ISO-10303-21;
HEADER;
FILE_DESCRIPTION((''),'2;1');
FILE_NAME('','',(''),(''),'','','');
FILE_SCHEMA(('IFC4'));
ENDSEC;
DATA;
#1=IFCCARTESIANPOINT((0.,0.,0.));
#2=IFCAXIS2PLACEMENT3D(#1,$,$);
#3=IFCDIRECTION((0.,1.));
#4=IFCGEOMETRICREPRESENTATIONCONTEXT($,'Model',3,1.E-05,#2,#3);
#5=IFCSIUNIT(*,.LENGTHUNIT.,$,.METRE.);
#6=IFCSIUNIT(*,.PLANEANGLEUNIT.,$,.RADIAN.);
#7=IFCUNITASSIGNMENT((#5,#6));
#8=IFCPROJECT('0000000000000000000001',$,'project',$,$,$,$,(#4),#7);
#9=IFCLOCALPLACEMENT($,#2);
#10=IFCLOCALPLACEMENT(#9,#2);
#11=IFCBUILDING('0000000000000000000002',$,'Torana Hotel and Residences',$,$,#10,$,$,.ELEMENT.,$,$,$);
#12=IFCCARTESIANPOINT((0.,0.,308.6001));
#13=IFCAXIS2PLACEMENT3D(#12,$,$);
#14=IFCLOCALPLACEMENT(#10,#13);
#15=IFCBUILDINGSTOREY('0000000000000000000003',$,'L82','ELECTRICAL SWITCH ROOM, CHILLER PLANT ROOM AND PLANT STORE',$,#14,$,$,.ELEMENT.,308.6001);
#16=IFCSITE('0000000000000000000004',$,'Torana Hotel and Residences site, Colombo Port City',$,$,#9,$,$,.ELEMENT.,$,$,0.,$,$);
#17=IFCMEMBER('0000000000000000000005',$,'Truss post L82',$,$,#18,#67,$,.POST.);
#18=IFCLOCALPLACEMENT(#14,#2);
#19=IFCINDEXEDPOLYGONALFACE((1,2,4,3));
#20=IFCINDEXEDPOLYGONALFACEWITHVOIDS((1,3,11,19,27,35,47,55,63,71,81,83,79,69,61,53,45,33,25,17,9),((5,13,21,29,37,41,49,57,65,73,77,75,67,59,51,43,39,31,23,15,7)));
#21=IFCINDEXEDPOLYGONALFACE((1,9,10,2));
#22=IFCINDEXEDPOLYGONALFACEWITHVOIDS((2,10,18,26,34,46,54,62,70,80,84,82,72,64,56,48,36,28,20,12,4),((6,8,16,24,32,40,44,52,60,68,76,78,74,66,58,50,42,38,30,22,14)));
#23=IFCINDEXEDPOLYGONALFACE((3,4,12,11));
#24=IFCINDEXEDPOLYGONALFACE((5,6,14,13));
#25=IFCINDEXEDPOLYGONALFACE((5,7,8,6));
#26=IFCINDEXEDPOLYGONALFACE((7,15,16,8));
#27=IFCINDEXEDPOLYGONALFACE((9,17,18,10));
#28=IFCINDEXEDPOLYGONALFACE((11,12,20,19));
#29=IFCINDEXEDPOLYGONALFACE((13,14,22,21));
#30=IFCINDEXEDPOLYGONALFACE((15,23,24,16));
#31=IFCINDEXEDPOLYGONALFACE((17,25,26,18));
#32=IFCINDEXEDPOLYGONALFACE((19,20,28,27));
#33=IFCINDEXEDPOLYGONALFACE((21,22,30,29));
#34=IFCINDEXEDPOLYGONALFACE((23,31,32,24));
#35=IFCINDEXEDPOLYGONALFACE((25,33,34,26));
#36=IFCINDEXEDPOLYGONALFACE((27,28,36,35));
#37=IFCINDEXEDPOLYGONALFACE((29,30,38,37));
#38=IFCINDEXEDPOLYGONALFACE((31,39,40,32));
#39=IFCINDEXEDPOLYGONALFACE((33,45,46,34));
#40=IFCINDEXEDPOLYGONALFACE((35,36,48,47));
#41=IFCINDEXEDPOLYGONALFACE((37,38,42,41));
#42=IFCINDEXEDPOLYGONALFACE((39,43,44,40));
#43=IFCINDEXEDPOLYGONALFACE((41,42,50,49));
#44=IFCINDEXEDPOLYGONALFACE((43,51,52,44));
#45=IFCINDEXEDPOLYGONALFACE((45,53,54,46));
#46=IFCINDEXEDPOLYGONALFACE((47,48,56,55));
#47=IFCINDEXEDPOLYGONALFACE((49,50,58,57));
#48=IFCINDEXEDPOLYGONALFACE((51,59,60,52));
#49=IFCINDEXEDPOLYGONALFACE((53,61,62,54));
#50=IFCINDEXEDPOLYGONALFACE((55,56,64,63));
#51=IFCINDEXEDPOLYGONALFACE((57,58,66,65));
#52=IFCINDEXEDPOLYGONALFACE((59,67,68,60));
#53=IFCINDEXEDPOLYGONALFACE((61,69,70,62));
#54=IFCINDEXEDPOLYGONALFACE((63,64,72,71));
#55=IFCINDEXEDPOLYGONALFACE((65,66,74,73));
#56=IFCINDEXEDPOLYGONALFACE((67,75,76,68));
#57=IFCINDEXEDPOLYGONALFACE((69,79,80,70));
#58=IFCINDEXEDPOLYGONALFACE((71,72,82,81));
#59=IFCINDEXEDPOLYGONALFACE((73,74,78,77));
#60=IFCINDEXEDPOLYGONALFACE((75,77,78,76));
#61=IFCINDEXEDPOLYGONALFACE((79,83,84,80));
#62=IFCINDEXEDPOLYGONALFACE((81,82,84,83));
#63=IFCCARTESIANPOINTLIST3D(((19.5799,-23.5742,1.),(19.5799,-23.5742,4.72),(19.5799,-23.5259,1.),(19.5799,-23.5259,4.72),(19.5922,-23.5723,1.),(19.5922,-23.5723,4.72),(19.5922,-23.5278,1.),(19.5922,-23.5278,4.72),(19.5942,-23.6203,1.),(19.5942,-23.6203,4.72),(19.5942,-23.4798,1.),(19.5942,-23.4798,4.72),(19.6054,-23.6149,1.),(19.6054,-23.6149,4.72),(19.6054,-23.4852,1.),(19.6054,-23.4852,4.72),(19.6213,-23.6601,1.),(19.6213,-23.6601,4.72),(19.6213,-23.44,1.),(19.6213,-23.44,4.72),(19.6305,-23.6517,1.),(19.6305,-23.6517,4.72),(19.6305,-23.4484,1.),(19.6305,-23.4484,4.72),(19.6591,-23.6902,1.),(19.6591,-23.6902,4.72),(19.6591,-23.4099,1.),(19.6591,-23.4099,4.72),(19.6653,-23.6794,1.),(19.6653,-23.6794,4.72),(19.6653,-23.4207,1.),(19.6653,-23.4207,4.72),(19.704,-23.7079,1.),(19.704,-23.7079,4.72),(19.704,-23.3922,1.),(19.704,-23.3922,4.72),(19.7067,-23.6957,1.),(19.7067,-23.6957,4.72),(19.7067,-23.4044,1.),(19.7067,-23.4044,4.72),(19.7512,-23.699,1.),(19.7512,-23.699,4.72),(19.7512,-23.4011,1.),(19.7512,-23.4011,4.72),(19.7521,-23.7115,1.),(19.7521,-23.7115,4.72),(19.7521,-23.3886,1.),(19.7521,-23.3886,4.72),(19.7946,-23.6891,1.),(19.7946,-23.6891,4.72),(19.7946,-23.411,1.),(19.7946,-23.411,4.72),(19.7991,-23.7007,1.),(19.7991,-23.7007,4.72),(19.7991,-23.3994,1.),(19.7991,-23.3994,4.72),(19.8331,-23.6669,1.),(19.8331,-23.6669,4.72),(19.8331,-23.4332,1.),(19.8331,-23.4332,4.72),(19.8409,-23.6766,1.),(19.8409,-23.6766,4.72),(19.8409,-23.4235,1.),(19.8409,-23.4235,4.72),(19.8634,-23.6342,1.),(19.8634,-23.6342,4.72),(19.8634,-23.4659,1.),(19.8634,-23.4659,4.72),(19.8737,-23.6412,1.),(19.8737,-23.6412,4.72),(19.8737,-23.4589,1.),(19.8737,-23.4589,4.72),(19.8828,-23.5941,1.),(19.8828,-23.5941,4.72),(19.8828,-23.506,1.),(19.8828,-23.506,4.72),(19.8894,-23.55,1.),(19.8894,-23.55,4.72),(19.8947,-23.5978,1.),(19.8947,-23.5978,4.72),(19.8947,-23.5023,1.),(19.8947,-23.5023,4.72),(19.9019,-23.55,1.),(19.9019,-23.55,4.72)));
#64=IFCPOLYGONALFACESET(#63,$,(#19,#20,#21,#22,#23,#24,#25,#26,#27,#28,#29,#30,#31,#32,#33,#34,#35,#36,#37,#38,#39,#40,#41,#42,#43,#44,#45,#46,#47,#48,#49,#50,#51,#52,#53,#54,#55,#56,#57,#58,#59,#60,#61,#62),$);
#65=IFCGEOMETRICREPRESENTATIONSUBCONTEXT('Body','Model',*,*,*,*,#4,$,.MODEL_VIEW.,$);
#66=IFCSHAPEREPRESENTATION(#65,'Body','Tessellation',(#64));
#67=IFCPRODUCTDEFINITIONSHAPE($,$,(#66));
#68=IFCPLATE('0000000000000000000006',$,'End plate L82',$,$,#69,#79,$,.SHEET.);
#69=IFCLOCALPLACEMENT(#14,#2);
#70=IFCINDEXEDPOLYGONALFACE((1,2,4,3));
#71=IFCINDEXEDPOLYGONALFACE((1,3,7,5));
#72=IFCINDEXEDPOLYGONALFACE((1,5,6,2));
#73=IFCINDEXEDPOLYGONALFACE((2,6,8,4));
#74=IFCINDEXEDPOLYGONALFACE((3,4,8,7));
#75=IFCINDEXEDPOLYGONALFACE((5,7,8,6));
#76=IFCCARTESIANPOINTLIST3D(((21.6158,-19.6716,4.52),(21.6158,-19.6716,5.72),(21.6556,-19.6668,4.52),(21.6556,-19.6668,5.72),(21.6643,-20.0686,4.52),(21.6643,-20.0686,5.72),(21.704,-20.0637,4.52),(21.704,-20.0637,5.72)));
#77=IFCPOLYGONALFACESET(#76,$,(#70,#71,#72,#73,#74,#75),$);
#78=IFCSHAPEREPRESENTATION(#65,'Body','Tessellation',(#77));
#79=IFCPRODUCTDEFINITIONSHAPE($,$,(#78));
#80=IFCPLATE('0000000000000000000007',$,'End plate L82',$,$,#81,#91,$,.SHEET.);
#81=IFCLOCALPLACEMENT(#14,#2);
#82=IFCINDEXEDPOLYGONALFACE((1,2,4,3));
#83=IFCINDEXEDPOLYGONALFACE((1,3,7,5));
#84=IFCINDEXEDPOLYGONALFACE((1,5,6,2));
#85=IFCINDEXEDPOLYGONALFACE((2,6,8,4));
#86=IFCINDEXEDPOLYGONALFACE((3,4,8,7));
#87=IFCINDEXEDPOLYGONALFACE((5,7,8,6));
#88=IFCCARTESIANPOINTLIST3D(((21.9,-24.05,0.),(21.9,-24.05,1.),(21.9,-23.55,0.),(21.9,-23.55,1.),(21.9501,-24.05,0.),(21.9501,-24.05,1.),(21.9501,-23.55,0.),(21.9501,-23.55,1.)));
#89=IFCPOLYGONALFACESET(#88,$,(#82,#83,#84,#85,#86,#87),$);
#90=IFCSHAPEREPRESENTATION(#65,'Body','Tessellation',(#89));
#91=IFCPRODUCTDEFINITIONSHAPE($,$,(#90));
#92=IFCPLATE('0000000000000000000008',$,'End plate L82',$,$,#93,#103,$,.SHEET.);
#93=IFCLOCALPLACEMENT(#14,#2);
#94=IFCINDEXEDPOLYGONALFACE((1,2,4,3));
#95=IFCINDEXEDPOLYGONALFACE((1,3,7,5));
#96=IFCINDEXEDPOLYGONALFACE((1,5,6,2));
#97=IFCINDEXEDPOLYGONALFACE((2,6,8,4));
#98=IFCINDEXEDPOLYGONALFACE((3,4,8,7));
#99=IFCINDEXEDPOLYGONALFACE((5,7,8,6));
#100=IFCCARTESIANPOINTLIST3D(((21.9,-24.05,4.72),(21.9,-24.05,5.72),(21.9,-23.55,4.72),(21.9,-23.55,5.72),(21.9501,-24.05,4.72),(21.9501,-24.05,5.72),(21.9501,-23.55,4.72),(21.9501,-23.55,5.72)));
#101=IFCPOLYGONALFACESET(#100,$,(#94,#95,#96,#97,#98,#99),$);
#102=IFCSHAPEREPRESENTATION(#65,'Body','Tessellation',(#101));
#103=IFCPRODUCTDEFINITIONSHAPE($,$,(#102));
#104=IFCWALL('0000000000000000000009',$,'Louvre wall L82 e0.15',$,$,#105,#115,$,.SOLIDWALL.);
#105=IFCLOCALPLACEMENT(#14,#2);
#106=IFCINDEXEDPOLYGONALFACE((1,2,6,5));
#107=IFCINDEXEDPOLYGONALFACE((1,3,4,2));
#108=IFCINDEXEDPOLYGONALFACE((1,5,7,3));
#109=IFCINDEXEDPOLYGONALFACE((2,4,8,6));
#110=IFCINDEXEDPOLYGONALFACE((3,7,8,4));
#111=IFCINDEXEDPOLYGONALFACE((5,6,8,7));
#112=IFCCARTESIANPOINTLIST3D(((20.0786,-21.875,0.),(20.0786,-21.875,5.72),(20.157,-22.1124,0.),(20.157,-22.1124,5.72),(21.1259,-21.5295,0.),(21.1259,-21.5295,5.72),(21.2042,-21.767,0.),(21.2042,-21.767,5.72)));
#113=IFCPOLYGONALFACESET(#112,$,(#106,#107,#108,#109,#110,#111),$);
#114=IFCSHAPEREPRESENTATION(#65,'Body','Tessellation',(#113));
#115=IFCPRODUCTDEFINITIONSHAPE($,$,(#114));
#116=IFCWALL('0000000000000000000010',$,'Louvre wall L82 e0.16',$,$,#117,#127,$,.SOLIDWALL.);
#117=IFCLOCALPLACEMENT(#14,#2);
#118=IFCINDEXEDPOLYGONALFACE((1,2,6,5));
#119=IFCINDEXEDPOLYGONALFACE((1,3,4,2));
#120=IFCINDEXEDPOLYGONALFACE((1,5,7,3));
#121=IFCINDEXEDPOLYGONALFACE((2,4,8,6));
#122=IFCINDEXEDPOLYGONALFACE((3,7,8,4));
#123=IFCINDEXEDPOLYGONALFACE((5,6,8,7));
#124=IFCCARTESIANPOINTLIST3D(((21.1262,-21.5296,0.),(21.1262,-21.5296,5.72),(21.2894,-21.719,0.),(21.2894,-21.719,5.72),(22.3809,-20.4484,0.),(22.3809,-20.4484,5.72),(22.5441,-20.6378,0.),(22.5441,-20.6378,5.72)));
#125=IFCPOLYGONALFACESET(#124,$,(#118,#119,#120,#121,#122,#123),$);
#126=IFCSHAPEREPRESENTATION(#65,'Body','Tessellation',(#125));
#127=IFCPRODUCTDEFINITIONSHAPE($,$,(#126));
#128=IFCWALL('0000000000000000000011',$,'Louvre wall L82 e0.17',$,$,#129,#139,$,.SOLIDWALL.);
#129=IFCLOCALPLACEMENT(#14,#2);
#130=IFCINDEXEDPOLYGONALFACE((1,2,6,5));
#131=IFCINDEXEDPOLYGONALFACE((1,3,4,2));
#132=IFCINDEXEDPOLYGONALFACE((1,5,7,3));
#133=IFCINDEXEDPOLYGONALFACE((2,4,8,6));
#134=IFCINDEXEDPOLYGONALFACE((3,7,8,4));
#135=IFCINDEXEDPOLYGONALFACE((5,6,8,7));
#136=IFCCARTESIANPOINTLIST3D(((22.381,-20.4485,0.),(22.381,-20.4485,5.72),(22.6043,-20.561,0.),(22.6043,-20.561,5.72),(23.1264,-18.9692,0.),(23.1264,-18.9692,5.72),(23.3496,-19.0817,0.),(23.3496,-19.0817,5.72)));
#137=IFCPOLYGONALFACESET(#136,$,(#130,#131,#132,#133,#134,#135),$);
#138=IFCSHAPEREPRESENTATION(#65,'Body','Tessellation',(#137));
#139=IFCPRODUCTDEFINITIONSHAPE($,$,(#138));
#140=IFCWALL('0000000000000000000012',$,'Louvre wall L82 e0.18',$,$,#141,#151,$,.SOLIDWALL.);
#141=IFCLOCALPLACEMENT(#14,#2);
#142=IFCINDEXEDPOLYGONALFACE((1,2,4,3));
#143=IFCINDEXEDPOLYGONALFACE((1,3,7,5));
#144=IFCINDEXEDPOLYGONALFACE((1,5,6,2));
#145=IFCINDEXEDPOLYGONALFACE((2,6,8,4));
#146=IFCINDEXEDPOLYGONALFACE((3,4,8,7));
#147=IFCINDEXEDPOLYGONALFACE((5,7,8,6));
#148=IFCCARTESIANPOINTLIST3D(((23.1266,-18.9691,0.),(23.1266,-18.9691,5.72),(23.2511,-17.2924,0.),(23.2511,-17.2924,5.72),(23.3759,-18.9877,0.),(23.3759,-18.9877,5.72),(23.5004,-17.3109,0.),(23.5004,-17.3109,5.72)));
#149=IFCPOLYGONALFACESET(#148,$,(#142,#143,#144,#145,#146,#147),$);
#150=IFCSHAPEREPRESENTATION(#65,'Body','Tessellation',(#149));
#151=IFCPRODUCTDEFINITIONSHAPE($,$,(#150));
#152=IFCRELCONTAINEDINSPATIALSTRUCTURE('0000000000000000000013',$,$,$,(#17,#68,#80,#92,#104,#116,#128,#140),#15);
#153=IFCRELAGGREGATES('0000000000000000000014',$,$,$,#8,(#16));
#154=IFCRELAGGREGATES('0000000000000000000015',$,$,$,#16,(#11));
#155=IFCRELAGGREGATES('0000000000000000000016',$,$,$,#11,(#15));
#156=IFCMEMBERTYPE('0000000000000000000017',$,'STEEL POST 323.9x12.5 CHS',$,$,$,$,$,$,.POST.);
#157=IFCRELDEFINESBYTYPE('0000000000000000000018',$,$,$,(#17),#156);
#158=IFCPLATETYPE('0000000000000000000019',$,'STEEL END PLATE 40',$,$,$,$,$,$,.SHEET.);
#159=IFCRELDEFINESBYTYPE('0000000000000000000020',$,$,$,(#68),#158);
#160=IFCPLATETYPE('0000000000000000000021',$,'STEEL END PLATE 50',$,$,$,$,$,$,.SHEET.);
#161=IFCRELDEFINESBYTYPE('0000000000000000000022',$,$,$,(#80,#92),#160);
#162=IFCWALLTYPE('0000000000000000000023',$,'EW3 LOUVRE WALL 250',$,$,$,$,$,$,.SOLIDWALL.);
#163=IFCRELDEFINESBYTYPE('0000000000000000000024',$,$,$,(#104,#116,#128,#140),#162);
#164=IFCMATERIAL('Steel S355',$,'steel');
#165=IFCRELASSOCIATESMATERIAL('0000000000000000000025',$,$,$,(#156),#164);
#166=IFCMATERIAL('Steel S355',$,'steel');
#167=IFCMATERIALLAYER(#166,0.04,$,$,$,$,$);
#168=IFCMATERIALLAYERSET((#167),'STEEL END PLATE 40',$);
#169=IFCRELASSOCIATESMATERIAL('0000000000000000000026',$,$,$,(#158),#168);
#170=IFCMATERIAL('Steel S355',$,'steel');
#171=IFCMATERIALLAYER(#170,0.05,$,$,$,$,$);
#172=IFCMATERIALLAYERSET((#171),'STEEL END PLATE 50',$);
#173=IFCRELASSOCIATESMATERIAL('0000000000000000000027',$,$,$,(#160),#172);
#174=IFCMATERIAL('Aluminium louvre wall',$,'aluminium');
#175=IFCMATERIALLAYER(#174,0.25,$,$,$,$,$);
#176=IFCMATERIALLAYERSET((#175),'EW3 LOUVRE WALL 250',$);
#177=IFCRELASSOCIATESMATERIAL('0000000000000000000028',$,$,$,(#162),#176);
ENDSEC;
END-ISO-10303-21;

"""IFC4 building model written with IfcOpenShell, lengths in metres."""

from ifc_helpers import new_model, si_unit, direction, frame, frame_2d, origin, origin_2d, place, context, subcontext, project, spatial, rectangle, hollow_circle, extrude, material, layer, layer_set, material_profile, profile_set, type_object, element, save


model = new_model("IFC4")

# Units and contexts
model_context = context("Model", 3, precision=1e-05, world=origin(), true_north=direction((0.0, 1.0)))
body_context = subcontext(model_context, "Body", "Model", "MODEL_VIEW")
ifc_project = project(units=[si_unit("LENGTHUNIT", "METRE"), si_unit("PLANEANGLEUNIT", "RADIAN")], contexts=[model_context])

# Site, building, storey
site_placement = place(None, origin())
site = spatial("IfcSite", under=ifc_project, at=site_placement, Name="Torana Hotel and Residences site, Colombo Port City", CompositionType="ELEMENT", RefElevation=0.0)
building_placement = place(site_placement, origin())
building = spatial("IfcBuilding", under=site, at=building_placement, Name="Torana Hotel and Residences", CompositionType="ELEMENT")
storey_placement = place(building_placement, frame((0.0, 0.0, 308.6001)))
storey = spatial("IfcBuildingStorey", under=building, at=storey_placement, Name="L82", Description="ELECTRICAL SWITCH ROOM, CHILLER PLANT ROOM AND PLANT STORE", CompositionType="ELEMENT", Elevation=308.6001)

# Member
ifc_material_1 = material(Name="Steel S355", Category="steel")
ifc_material_profile_1 = material_profile(ifc_material_1, hollow_circle(Radius=0.1619, WallThickness=0.0125, at=origin_2d()), Name="323.9x12.5 CHS")
ifc_profile_set_1 = profile_set([ifc_material_profile_1], Name="Steel S355")
member_type_1 = type_object("IfcMemberType", Name="STEEL POST 323.9x12.5 CHS", PredefinedType="POST", material=ifc_profile_set_1)
for number, where, z_axis, x_axis, name in (
    (1, (19.74, -23.55, 1.0), (0.0, 0.0, 1.0), (1.0, 0.0, 0.0), "Truss post L82"),
):
    element("IfcMember", number, at=place(storey_placement, frame(where, z_axis=z_axis, x_axis=x_axis)), inside=storey, type_object=member_type_1, Name=name, PredefinedType="POST", context=body_context, shape_type="SweptSolid", body=[
        extrude(hollow_circle(Radius=0.1619, WallThickness=0.0125, at=origin_2d()), origin(), (0.0, 0.0, 1.0), 3.72),
    ])

# Plates
ifc_material_2 = material(Name="Steel S355", Category="steel")
ifc_layer_1 = layer(ifc_material_2, 0.04)
ifc_layer_set_1 = layer_set([ifc_layer_1], Name="STEEL END PLATE 40")
plate_type_1 = type_object("IfcPlateType", Name="STEEL END PLATE 40", PredefinedType="SHEET", material=ifc_layer_set_1)
plate_placement = place(storey_placement, frame((21.6599, -19.8677, 4.52), z_axis=(0.0, 0.0, 1.0), x_axis=(0.992642, 0.121083, 0.0)))
element("IfcPlate", 2, at=plate_placement, inside=storey, type_object=plate_type_1, Name="End plate L82", PredefinedType="SHEET", context=body_context, shape_type="SweptSolid", body=[
    extrude(rectangle(XDim=0.04, YDim=0.3999, at=origin_2d()), origin(), (0.0, 0.0, 1.0), 1.2),
])
ifc_material_3 = material(Name="Steel S355", Category="steel")
ifc_layer_2 = layer(ifc_material_3, 0.05)
ifc_layer_set_2 = layer_set([ifc_layer_2], Name="STEEL END PLATE 50")
plate_type_2 = type_object("IfcPlateType", Name="STEEL END PLATE 50", PredefinedType="SHEET", material=ifc_layer_set_2)
for number, where, z_axis, x_axis, name in (
    (3, (21.925, -23.8, 0.0), (0.0, 0.0, 1.0), (1.0, 0.0, 0.0), "End plate L82"),
    (4, (21.925, -23.8, 4.72), (0.0, 0.0, 1.0), (1.0, 0.0, 0.0), "End plate L82"),
):
    element("IfcPlate", number, at=place(storey_placement, frame(where, z_axis=z_axis, x_axis=x_axis)), inside=storey, type_object=plate_type_2, Name=name, PredefinedType="SHEET", context=body_context, shape_type="SweptSolid", body=[
        extrude(rectangle(XDim=0.05, YDim=0.5, at=origin_2d()), origin(), (0.0, 0.0, 1.0), 1.0),
    ])

# Walls
ifc_material_4 = material(Name="Aluminium louvre wall", Category="aluminium")
ifc_layer_3 = layer(ifc_material_4, 0.25)
ifc_layer_set_3 = layer_set([ifc_layer_3], Name="EW3 LOUVRE WALL 250")
wall_type_1 = type_object("IfcWallType", Name="EW3 LOUVRE WALL 250", PredefinedType="SOLIDWALL", material=ifc_layer_set_3)
wall_1_placement = place(storey_placement, frame((20.1179, -21.9937, 0.0), z_axis=(0.0, 0.0, 1.0), x_axis=(0.949675, 0.313238, 0.0)))
element("IfcWall", 5, at=wall_1_placement, inside=storey, type_object=wall_type_1, Name="Louvre wall L82 e0.15", PredefinedType="SOLIDWALL", context=body_context, shape_type="SweptSolid", body=[
    extrude(rectangle(XDim=1.1028, YDim=0.25, at=frame_2d((0.5513, 0.0))), origin(), (0.0, 0.0, 1.0), 5.72),
])
wall_2_placement = place(storey_placement, frame((21.2078, -21.6243, 0.0), z_axis=(0.0, 0.0, 1.0), x_axis=(0.757568, 0.652756, 0.0)))
element("IfcWall", 6, at=wall_2_placement, inside=storey, type_object=wall_type_1, Name="Louvre wall L82 e0.16", PredefinedType="SOLIDWALL", context=body_context, shape_type="SweptSolid", body=[
    extrude(rectangle(XDim=1.6562, YDim=0.25, at=frame_2d((0.8281, 0.0))), origin(), (0.0, 0.0, 1.0), 5.72),
])
wall_3_placement = place(storey_placement, frame((22.4927, -20.5046, 0.0), z_axis=(0.0, 0.0, 1.0), x_axis=(0.449982, 0.893037, 0.0)))
element("IfcWall", 7, at=wall_3_placement, inside=storey, type_object=wall_type_1, Name="Louvre wall L82 e0.17", PredefinedType="SOLIDWALL", context=body_context, shape_type="SweptSolid", body=[
    extrude(rectangle(XDim=1.6565, YDim=0.25, at=frame_2d((0.8281, 0.0))), origin(), (0.0, 0.0, 1.0), 5.72),
])
wall_4_placement = place(storey_placement, frame((23.2512, -18.9785, 0.0), z_axis=(0.0, 0.0, 1.0), x_axis=(0.074054, 0.997254, 0.0)))
element("IfcWall", 8, at=wall_4_placement, inside=storey, type_object=wall_type_1, Name="Louvre wall L82 e0.18", PredefinedType="SOLIDWALL", context=body_context, shape_type="SweptSolid", body=[
    extrude(rectangle(XDim=1.6814, YDim=0.25, at=frame_2d((0.8408, 0.0))), origin(), (0.0, 0.0, 1.0), 5.72),
])

save(model, "model.ifc")
